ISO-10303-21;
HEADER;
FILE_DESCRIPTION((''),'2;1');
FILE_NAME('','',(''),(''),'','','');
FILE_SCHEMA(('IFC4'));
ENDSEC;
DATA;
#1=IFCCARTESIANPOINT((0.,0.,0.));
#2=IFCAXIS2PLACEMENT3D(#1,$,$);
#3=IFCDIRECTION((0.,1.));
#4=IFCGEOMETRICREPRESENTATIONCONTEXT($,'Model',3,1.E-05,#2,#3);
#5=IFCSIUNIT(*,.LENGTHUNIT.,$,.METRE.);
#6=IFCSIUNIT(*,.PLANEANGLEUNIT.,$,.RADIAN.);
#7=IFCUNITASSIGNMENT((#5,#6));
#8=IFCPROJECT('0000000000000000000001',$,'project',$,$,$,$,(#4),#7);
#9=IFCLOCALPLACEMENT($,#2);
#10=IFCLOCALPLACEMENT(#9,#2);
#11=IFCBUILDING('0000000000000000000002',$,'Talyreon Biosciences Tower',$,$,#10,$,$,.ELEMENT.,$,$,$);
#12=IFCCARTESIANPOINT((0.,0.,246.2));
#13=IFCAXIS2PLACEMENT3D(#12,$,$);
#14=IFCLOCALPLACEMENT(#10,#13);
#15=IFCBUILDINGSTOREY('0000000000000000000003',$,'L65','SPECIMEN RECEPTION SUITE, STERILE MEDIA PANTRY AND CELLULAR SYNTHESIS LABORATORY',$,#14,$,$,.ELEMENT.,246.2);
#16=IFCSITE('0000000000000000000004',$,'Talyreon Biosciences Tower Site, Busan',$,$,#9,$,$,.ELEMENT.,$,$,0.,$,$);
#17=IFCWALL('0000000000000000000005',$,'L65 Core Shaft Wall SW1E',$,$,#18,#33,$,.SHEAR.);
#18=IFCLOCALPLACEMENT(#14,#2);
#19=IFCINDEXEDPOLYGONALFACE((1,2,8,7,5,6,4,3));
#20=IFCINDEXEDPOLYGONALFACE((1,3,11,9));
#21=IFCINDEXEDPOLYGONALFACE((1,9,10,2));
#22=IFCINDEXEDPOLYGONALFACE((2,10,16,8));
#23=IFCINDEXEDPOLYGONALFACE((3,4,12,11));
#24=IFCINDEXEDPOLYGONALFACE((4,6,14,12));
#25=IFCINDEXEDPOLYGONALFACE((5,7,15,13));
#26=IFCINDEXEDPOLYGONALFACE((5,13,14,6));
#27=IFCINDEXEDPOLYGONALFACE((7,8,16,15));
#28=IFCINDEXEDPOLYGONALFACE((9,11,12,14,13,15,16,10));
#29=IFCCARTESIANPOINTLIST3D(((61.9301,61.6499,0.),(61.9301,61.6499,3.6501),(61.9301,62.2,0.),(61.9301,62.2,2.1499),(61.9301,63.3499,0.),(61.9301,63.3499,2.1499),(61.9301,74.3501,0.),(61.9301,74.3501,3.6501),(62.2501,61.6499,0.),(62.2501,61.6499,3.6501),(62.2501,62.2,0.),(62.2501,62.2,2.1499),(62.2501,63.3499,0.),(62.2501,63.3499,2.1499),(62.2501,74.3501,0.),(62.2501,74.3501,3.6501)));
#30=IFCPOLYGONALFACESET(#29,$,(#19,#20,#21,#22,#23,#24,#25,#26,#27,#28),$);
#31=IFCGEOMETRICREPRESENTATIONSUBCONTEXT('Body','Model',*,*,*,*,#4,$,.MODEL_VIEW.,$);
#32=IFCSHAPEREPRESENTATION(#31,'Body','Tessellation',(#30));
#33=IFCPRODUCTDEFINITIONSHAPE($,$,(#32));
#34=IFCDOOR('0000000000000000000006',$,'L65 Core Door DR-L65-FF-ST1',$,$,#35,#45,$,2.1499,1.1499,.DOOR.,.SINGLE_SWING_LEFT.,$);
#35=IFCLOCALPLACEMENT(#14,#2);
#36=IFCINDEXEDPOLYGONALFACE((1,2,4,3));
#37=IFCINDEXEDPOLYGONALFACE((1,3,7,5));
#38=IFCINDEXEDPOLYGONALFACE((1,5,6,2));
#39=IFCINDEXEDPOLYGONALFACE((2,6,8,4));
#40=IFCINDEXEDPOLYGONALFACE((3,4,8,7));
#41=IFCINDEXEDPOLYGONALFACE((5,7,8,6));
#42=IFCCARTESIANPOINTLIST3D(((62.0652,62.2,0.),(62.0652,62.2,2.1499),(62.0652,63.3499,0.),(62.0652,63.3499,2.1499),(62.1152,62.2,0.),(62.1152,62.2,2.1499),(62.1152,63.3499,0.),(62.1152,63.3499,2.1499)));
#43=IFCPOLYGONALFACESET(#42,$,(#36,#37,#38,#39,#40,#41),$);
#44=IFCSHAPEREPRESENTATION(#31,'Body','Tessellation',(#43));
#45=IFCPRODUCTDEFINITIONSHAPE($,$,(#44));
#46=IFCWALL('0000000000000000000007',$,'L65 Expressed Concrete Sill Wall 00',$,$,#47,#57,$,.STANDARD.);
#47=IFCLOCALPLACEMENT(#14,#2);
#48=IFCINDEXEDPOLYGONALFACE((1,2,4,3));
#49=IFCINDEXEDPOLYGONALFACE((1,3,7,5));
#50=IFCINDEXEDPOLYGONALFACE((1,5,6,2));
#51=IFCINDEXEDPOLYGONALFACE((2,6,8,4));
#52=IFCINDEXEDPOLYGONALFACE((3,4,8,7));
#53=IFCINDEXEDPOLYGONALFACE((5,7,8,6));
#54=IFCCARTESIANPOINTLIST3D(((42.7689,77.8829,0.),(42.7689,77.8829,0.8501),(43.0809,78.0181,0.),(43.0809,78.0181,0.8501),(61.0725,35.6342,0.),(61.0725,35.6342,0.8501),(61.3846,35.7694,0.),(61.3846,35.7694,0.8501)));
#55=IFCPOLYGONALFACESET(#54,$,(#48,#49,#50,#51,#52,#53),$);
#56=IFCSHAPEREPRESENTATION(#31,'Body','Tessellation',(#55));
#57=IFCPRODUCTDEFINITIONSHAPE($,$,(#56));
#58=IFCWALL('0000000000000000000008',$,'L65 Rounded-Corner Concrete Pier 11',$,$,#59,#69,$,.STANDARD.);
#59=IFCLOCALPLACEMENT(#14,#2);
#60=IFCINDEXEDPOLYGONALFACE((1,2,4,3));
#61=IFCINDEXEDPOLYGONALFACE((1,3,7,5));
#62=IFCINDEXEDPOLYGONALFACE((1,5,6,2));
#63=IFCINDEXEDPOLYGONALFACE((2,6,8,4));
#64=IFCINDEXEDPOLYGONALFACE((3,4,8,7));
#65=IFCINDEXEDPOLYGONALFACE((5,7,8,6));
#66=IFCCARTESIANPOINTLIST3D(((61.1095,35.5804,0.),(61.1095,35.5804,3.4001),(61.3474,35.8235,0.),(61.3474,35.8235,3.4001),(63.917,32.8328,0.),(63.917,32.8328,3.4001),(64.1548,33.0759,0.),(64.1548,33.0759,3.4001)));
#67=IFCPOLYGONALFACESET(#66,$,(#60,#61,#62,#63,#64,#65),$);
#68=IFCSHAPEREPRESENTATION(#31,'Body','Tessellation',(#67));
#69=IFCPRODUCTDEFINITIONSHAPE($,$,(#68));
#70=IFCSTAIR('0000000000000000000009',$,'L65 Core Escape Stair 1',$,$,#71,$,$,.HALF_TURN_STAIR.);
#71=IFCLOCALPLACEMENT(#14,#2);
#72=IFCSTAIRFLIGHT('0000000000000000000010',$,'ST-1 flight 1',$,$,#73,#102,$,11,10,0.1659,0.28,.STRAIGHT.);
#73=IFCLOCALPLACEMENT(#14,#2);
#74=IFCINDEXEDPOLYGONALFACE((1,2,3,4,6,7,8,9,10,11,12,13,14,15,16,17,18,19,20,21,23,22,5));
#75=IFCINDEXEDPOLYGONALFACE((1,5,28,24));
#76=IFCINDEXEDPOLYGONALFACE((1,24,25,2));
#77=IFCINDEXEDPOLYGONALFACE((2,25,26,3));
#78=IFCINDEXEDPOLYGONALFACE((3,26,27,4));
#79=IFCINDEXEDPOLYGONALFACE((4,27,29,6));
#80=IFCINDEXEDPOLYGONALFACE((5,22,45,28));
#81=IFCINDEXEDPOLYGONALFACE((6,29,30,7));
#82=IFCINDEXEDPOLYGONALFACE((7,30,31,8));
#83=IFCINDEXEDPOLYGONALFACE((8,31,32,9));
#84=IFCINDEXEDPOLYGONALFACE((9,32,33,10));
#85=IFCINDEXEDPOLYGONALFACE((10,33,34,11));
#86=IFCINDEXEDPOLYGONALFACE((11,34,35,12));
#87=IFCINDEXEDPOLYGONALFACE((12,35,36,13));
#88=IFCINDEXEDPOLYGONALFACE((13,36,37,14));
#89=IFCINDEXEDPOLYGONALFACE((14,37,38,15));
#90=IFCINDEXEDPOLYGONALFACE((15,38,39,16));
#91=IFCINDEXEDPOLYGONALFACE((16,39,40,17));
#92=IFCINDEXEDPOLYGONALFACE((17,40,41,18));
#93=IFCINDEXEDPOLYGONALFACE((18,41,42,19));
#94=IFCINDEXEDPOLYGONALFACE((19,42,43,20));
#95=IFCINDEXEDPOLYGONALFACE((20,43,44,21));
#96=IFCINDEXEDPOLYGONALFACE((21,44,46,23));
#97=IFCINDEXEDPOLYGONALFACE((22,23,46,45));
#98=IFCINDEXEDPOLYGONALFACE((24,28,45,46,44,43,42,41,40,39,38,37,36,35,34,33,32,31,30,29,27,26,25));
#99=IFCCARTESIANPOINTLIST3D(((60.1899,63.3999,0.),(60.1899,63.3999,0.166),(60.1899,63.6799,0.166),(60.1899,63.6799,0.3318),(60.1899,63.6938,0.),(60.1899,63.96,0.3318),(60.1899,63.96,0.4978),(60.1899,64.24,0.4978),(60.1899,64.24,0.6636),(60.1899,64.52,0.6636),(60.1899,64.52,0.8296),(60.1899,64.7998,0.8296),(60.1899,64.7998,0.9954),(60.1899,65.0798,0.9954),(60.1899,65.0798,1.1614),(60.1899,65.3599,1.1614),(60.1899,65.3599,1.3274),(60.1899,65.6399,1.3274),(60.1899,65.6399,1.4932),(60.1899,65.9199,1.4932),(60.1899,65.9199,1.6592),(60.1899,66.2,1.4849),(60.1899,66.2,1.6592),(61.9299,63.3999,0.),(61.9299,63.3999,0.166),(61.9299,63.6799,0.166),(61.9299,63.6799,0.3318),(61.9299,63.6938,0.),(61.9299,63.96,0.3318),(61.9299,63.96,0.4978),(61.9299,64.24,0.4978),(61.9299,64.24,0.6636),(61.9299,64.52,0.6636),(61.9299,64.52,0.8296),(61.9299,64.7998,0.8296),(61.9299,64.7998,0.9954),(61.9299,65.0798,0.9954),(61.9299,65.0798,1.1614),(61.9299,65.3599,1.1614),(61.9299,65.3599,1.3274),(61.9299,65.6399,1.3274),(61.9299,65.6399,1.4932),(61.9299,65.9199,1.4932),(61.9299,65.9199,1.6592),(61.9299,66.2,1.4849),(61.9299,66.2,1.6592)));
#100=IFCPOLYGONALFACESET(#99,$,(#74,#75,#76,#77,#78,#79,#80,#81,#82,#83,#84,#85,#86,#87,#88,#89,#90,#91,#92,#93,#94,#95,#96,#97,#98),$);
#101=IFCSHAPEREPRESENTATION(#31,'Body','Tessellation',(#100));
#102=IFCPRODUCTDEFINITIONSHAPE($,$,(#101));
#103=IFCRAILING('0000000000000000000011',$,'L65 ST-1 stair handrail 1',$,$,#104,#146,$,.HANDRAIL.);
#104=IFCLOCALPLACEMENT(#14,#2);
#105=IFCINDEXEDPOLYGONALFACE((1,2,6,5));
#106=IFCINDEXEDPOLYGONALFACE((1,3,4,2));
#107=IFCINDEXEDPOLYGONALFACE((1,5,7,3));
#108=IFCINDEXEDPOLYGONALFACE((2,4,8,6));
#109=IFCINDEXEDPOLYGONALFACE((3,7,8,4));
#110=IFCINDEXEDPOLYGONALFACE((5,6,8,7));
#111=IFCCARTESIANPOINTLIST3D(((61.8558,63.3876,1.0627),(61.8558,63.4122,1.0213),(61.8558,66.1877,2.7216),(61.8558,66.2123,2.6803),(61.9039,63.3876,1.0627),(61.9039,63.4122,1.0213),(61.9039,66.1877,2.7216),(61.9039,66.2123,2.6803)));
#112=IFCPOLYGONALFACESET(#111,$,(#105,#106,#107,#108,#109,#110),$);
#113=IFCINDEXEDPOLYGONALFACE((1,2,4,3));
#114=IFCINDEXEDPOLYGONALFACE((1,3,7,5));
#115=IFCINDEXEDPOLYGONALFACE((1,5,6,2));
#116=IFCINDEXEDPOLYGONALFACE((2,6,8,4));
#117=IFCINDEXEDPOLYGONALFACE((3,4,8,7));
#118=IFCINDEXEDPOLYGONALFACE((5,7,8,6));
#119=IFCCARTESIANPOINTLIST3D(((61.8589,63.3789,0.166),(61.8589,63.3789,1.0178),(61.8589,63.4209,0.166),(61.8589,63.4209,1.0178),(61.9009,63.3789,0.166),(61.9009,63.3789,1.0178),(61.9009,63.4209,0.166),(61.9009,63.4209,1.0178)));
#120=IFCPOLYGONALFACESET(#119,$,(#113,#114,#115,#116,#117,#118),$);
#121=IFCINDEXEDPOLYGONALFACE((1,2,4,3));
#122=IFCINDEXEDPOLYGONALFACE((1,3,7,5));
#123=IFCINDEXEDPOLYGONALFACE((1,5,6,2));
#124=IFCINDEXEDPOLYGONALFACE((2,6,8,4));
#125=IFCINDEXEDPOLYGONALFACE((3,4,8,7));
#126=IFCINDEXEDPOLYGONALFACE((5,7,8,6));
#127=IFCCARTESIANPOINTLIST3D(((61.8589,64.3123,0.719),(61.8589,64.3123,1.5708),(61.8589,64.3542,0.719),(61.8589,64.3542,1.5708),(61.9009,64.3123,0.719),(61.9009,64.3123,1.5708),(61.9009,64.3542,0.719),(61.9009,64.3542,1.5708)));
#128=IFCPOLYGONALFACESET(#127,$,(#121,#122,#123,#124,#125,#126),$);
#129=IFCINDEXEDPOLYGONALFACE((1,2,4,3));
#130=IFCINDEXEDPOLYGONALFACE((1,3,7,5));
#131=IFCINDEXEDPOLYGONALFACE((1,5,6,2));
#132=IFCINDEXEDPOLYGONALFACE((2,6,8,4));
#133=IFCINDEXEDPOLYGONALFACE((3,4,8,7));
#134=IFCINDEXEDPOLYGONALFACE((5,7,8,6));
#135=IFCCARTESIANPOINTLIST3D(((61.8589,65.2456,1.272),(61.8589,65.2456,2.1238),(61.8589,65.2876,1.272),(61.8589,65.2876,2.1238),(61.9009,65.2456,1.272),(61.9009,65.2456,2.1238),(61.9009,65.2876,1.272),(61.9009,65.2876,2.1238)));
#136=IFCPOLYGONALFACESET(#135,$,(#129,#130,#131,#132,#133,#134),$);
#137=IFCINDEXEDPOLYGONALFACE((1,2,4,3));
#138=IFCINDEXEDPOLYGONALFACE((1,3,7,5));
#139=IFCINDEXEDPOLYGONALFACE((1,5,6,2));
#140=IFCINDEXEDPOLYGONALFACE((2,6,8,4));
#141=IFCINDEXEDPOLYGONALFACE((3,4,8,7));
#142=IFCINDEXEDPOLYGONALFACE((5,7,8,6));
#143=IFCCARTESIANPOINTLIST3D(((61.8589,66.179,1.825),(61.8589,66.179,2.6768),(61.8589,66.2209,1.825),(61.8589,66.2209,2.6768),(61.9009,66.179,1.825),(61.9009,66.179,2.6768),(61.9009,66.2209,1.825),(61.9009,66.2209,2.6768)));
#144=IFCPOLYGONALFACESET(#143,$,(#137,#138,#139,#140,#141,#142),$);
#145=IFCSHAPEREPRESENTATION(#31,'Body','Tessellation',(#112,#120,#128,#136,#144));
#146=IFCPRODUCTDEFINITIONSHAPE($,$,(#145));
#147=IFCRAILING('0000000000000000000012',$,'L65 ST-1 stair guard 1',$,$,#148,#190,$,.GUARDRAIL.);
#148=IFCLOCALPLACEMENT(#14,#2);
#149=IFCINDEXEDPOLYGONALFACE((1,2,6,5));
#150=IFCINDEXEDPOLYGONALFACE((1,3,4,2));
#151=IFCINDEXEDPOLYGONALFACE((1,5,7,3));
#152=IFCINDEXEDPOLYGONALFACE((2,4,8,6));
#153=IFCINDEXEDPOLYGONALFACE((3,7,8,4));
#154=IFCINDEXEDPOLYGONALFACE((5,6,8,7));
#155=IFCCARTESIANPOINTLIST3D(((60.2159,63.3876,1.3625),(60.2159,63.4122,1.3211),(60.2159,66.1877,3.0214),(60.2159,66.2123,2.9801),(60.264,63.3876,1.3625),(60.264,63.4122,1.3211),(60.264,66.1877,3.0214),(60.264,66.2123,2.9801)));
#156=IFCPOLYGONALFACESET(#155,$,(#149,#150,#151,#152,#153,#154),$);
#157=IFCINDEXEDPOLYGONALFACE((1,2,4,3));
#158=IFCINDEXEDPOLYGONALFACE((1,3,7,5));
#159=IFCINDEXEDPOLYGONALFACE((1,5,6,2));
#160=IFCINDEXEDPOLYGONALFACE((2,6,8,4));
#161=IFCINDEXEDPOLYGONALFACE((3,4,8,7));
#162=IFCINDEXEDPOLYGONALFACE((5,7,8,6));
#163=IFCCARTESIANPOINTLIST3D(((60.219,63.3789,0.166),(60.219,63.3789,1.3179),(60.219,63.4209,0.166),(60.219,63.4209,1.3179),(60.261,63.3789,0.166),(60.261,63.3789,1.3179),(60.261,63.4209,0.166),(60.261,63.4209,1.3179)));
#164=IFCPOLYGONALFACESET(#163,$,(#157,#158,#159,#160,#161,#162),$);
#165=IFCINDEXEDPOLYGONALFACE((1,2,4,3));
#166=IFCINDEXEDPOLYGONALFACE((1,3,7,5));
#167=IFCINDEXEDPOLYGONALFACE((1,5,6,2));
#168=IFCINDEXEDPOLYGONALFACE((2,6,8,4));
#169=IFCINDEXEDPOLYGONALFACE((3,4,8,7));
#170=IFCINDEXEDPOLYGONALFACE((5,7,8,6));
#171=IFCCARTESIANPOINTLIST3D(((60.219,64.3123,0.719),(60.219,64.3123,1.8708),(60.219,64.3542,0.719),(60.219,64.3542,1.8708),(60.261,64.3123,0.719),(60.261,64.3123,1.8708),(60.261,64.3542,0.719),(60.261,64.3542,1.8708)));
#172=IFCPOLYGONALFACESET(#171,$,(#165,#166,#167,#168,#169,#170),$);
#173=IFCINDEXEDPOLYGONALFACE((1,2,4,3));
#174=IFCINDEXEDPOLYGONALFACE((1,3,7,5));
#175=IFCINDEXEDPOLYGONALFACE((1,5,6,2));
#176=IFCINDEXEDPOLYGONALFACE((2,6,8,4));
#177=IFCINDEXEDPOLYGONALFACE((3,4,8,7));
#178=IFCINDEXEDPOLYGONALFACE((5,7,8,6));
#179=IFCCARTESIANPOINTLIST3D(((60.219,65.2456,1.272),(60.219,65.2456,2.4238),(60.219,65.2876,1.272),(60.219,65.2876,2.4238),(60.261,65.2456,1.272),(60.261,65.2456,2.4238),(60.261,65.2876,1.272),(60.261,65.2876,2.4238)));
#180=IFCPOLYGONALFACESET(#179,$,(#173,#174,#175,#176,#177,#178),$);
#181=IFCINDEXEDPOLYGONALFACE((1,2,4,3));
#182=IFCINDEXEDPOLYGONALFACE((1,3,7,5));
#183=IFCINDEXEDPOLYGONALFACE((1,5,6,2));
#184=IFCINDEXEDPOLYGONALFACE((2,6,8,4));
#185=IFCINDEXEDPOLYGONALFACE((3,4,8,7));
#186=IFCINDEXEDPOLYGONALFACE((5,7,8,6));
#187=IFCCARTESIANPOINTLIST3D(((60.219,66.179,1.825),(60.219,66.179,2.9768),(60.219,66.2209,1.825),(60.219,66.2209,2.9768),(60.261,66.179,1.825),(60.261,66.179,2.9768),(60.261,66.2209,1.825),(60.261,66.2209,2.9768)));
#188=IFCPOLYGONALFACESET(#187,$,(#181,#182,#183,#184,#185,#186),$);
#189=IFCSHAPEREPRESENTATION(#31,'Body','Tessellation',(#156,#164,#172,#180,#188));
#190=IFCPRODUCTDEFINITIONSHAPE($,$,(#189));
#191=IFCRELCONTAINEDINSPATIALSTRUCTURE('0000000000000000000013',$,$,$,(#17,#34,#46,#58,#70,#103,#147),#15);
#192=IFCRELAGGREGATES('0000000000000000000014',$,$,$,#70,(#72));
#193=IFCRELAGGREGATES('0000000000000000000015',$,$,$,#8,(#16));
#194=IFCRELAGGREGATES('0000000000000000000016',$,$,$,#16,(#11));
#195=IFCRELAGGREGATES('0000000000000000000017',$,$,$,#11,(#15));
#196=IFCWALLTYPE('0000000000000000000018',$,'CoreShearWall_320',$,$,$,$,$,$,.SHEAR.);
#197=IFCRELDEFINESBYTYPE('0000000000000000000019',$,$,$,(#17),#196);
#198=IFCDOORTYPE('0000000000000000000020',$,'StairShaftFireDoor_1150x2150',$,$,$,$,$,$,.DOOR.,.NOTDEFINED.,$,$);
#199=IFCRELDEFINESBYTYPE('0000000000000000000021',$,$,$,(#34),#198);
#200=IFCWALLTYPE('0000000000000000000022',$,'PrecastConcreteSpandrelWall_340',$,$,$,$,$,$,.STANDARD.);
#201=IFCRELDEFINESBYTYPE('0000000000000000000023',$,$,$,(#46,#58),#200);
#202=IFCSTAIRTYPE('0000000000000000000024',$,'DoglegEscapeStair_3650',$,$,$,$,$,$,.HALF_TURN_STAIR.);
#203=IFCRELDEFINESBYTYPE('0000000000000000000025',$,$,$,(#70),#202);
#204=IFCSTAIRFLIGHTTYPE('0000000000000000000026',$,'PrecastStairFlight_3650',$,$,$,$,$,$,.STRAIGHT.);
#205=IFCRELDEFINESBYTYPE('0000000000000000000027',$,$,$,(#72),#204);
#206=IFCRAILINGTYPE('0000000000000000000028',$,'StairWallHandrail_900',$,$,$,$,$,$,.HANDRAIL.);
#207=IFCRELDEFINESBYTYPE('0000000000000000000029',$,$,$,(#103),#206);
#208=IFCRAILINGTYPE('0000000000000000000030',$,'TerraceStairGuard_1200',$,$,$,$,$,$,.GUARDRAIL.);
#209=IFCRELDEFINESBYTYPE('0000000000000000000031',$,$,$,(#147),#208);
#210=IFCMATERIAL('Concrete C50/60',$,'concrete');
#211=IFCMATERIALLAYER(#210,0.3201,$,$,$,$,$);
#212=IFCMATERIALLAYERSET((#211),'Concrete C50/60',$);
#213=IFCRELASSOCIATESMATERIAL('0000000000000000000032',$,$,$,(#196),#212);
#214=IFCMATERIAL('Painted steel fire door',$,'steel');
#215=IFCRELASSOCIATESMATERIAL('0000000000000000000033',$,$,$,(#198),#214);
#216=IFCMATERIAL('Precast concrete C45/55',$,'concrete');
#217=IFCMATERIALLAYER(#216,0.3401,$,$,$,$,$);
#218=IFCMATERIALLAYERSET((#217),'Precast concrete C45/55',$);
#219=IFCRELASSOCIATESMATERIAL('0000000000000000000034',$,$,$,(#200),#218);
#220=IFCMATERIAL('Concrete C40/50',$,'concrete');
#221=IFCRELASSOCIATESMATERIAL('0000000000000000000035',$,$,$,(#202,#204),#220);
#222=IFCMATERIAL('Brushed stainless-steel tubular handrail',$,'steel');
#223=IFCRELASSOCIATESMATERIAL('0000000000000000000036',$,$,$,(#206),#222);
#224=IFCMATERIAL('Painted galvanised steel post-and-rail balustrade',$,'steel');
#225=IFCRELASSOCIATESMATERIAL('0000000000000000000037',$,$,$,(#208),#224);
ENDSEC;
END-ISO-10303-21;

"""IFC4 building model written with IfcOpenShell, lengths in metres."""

from ifc_helpers import new_model, si_unit, direction, frame, frame_2d, origin, origin_2d, place, context, subcontext, project, spatial, polyline, rectangle, outline, extrude, material, layer, layer_set, type_object, element, fill, aggregate, save


model = new_model("IFC4")

# Units and contexts
model_context = context("Model", 3, precision=1e-05, world=origin(), true_north=direction((0.0, 1.0)))
body_context = subcontext(model_context, "Body", "Model", "MODEL_VIEW")
ifc_project = project(units=[si_unit("LENGTHUNIT", "METRE"), si_unit("PLANEANGLEUNIT", "RADIAN")], contexts=[model_context])

# Site, building, storey
site_placement = place(None, origin())
site = spatial("IfcSite", under=ifc_project, at=site_placement, Name="Talyreon Biosciences Tower Site, Busan", CompositionType="ELEMENT", RefElevation=0.0)
building_placement = place(site_placement, origin())
building = spatial("IfcBuilding", under=site, at=building_placement, Name="Talyreon Biosciences Tower", CompositionType="ELEMENT")
storey_placement = place(building_placement, frame((0.0, 0.0, 246.2)))
storey = spatial("IfcBuildingStorey", under=building, at=storey_placement, Name="L65", Description="SPECIMEN RECEPTION SUITE, STERILE MEDIA PANTRY AND CELLULAR SYNTHESIS LABORATORY", CompositionType="ELEMENT", Elevation=246.2)

# Shared definitions
ifc_material_1 = material(Name="Concrete C50/60", Category="concrete")

# Shared definitions
ifc_material_2 = material(Name="Precast concrete C45/55", Category="concrete")

# Wall, opening, door
ifc_layer_1 = layer(ifc_material_1, 0.3201)
ifc_layer_set_1 = layer_set([ifc_layer_1], Name="Concrete C50/60")
wall_type_1 = type_object("IfcWallType", Name="CoreShearWall_320", PredefinedType="SHEAR", material=ifc_layer_set_1)
wall_1_placement = place(storey_placement, frame((62.0901, 61.6499, 0.0), z_axis=(0.0, 0.0, 1.0), x_axis=(0.0, 1.0, 0.0)))
wall_1 = element("IfcWall", 1, at=wall_1_placement, inside=storey, type_object=wall_type_1, Name="L65 Core Shaft Wall SW1E", PredefinedType="SHEAR", context=body_context, shape_type="SweptSolid", body=[
    extrude(rectangle(XDim=12.7002, YDim=0.3201, at=frame_2d((6.3501, 0.0))), origin(), (0.0, 0.0, 1.0), 3.6501),
])
opening_1_placement = place(wall_1_placement, frame((0.55, 0.0, 0.0)))
opening_1 = element("IfcOpeningElement", 2, at=opening_1_placement, cuts=wall_1, PredefinedType="OPENING", context=body_context, shape_type="SweptSolid", body=[
    extrude(rectangle(XDim=1.1499, YDim=2.1499, at=frame_2d((0.575, 1.075))), frame((0.0, 0.1699, 0.0), z_axis=(0.0, -1.0, 0.0), x_axis=(1.0, 0.0, 0.0)), (0.0, 0.0, 1.0), 0.3401),
])
ifc_material_3 = material(Name="Painted steel fire door", Category="steel")
door_type_1 = type_object("IfcDoorType", Name="StairShaftFireDoor_1150x2150", OperationType="NOTDEFINED", PredefinedType="DOOR", material=ifc_material_3)
door_1_placement = place(opening_1_placement, origin())
door_1 = element("IfcDoor", 3, at=door_1_placement, inside=storey, type_object=door_type_1, Name="L65 Core Door DR-L65-FF-ST1", OperationType="SINGLE_SWING_LEFT", OverallHeight=2.1499, OverallWidth=1.1499, PredefinedType="DOOR", context=body_context, shape_type="SweptSolid", body=[
    extrude(rectangle(XDim=1.1499, YDim=2.1499, at=frame_2d((0.575, 1.075))), frame((0.0, 0.0249, 0.0), z_axis=(0.0, -1.0, 0.0), x_axis=(1.0, 0.0, 0.0)), (0.0, 0.0, 1.0), 0.05),
])
fill(opening_1, door_1)

# Walls
ifc_layer_2 = layer(ifc_material_2, 0.3401)
ifc_layer_set_2 = layer_set([ifc_layer_2], Name="Precast concrete C45/55")
wall_type_2 = type_object("IfcWallType", Name="PrecastConcreteSpandrelWall_340", PredefinedType="STANDARD", material=ifc_layer_set_2)
wall_2_placement = place(storey_placement, frame((61.2285, 35.7019, 0.0), z_axis=(0.0, 0.0, 1.0), x_axis=(-0.397533, 0.917588, 0.0)))
element("IfcWall", 4, at=wall_2_placement, inside=storey, type_object=wall_type_2, Name="L65 Expressed Concrete Sill Wall 00", PredefinedType="STANDARD", context=body_context, shape_type="SweptSolid", body=[
    extrude(rectangle(XDim=46.0432, YDim=0.3401, at=frame_2d((23.0215, 0.0))), origin(), (0.0, 0.0, 1.0), 0.8501),
])
wall_3_placement = place(storey_placement, frame((64.0359, 32.9543, 0.0), z_axis=(0.0, 0.0, 1.0), x_axis=(-0.714679, 0.699452, 0.0)))
element("IfcWall", 5, at=wall_3_placement, inside=storey, type_object=wall_type_2, Name="L65 Rounded-Corner Concrete Pier 11", PredefinedType="STANDARD", context=body_context, shape_type="SweptSolid", body=[
    extrude(rectangle(XDim=3.9282, YDim=0.3401, at=frame_2d((1.9641, 0.0))), origin(), (0.0, 0.0, 1.0), 3.4001),
])

# Stair, stair flight
ifc_material_4 = material(Name="Concrete C40/50", Category="concrete")
stair_type = type_object("IfcStairType", Name="DoglegEscapeStair_3650", PredefinedType="HALF_TURN_STAIR", material=ifc_material_4)
stair_placement = place(storey_placement, origin())
stair = element("IfcStair", 6, at=stair_placement, inside=storey, type_object=stair_type, Name="L65 Core Escape Stair 1", PredefinedType="HALF_TURN_STAIR")
stair_flight_type = type_object("IfcStairFlightType", Name="PrecastStairFlight_3650", PredefinedType="STRAIGHT", material=ifc_material_4)
stair_flight_placement = place(storey_placement, frame((61.0601, 63.3999, 0.0), z_axis=(0.0, 0.0, 1.0), x_axis=(0.0, 1.0, 0.0)))
stair_flight = element("IfcStairFlight", 7, at=stair_flight_placement, type_object=stair_flight_type, Name="ST-1 flight 1", NumberOfRisers=11, NumberOfTreads=10, PredefinedType="STRAIGHT", RiserHeight=0.1659, TreadLength=0.28, context=body_context, shape_type="SweptSolid", body=[
    extrude(outline(polyline([(0.0, 0.0), (0.0, 0.166), (0.28, 0.166), (0.28, 0.3318), (0.5601, 0.3318), (0.5601, 0.4978), (0.8401, 0.4978), (0.8401, 0.6636), (1.1201, 0.6636), (1.1201, 0.8296), (1.3999, 0.8296), (1.3999, 0.9954), (1.6799, 0.9954), (1.6799, 1.1614), (1.96, 1.1614), (1.96, 1.3274), (2.24, 1.3274), (2.24, 1.4932), (2.52, 1.4932), (2.52, 1.6592), (2.8, 1.6592), (2.8, 1.825), (2.8, 1.4849), (0.2939, 0.0), (0.0, 0.0)])), frame((0.0, 0.8701, 0.0), z_axis=(0.0, -1.0, 0.0), x_axis=(1.0, 0.0, 0.0)), (0.0, 0.0, 1.0), 1.74),
])
aggregate(stair, [stair_flight])

# Railings
ifc_material_5 = material(Name="Brushed stainless-steel tubular handrail", Category="steel")
railing_type_1 = type_object("IfcRailingType", Name="StairWallHandrail_900", PredefinedType="HANDRAIL", material=ifc_material_5)
railing_1_placement = place(storey_placement, frame((61.8799, 63.3999, 0.166)))
element("IfcRailing", 8, at=railing_1_placement, inside=storey, type_object=railing_type_1, Name="L65 ST-1 stair handrail 1", PredefinedType="HANDRAIL", context=body_context, shape_type="SweptSolid", body=[
    extrude(rectangle(XDim=0.0481, YDim=0.0481, at=origin_2d()), frame((0.0, 0.0, 0.876), z_axis=(0.0, 0.860339, 0.509722), x_axis=(-1.0, 0.0, 0.0)), (0.0, 0.0, 1.0), 3.2546),
    extrude(rectangle(XDim=0.042, YDim=0.042, at=origin_2d()), origin(), (0.0, 0.0, 1.0), 0.8518),
    extrude(rectangle(XDim=0.042, YDim=0.042, at=origin_2d()), frame((0.0, 0.9333, 0.553)), (0.0, 0.0, 1.0), 0.8518),
    extrude(rectangle(XDim=0.042, YDim=0.042, at=origin_2d()), frame((0.0, 1.8667, 1.106)), (0.0, 0.0, 1.0), 0.8518),
    extrude(rectangle(XDim=0.042, YDim=0.042, at=origin_2d()), frame((0.0, 2.8, 1.6589)), (0.0, 0.0, 1.0), 0.8518),
])
ifc_material_6 = material(Name="Painted galvanised steel post-and-rail balustrade", Category="steel")
railing_type_2 = type_object("IfcRailingType", Name="TerraceStairGuard_1200", PredefinedType="GUARDRAIL", material=ifc_material_6)
railing_2_placement = place(storey_placement, frame((60.24, 63.3999, 0.166)))
element("IfcRailing", 9, at=railing_2_placement, inside=storey, type_object=railing_type_2, Name="L65 ST-1 stair guard 1", PredefinedType="GUARDRAIL", context=body_context, shape_type="SweptSolid", body=[
    extrude(rectangle(XDim=0.0481, YDim=0.0481, at=origin_2d()), frame((0.0, 0.0, 1.1758), z_axis=(0.0, 0.860339, 0.509722), x_axis=(-1.0, 0.0, 0.0)), (0.0, 0.0, 1.0), 3.2546),
    extrude(rectangle(XDim=0.042, YDim=0.042, at=origin_2d()), origin(), (0.0, 0.0, 1.0), 1.1519),
    extrude(rectangle(XDim=0.042, YDim=0.042, at=origin_2d()), frame((0.0, 0.9333, 0.553)), (0.0, 0.0, 1.0), 1.1519),
    extrude(rectangle(XDim=0.042, YDim=0.042, at=origin_2d()), frame((0.0, 1.8667, 1.106)), (0.0, 0.0, 1.0), 1.1519),
    extrude(rectangle(XDim=0.042, YDim=0.042, at=origin_2d()), frame((0.0, 2.8, 1.6589)), (0.0, 0.0, 1.0), 1.1519),
])

save(model, "model.ifc")
